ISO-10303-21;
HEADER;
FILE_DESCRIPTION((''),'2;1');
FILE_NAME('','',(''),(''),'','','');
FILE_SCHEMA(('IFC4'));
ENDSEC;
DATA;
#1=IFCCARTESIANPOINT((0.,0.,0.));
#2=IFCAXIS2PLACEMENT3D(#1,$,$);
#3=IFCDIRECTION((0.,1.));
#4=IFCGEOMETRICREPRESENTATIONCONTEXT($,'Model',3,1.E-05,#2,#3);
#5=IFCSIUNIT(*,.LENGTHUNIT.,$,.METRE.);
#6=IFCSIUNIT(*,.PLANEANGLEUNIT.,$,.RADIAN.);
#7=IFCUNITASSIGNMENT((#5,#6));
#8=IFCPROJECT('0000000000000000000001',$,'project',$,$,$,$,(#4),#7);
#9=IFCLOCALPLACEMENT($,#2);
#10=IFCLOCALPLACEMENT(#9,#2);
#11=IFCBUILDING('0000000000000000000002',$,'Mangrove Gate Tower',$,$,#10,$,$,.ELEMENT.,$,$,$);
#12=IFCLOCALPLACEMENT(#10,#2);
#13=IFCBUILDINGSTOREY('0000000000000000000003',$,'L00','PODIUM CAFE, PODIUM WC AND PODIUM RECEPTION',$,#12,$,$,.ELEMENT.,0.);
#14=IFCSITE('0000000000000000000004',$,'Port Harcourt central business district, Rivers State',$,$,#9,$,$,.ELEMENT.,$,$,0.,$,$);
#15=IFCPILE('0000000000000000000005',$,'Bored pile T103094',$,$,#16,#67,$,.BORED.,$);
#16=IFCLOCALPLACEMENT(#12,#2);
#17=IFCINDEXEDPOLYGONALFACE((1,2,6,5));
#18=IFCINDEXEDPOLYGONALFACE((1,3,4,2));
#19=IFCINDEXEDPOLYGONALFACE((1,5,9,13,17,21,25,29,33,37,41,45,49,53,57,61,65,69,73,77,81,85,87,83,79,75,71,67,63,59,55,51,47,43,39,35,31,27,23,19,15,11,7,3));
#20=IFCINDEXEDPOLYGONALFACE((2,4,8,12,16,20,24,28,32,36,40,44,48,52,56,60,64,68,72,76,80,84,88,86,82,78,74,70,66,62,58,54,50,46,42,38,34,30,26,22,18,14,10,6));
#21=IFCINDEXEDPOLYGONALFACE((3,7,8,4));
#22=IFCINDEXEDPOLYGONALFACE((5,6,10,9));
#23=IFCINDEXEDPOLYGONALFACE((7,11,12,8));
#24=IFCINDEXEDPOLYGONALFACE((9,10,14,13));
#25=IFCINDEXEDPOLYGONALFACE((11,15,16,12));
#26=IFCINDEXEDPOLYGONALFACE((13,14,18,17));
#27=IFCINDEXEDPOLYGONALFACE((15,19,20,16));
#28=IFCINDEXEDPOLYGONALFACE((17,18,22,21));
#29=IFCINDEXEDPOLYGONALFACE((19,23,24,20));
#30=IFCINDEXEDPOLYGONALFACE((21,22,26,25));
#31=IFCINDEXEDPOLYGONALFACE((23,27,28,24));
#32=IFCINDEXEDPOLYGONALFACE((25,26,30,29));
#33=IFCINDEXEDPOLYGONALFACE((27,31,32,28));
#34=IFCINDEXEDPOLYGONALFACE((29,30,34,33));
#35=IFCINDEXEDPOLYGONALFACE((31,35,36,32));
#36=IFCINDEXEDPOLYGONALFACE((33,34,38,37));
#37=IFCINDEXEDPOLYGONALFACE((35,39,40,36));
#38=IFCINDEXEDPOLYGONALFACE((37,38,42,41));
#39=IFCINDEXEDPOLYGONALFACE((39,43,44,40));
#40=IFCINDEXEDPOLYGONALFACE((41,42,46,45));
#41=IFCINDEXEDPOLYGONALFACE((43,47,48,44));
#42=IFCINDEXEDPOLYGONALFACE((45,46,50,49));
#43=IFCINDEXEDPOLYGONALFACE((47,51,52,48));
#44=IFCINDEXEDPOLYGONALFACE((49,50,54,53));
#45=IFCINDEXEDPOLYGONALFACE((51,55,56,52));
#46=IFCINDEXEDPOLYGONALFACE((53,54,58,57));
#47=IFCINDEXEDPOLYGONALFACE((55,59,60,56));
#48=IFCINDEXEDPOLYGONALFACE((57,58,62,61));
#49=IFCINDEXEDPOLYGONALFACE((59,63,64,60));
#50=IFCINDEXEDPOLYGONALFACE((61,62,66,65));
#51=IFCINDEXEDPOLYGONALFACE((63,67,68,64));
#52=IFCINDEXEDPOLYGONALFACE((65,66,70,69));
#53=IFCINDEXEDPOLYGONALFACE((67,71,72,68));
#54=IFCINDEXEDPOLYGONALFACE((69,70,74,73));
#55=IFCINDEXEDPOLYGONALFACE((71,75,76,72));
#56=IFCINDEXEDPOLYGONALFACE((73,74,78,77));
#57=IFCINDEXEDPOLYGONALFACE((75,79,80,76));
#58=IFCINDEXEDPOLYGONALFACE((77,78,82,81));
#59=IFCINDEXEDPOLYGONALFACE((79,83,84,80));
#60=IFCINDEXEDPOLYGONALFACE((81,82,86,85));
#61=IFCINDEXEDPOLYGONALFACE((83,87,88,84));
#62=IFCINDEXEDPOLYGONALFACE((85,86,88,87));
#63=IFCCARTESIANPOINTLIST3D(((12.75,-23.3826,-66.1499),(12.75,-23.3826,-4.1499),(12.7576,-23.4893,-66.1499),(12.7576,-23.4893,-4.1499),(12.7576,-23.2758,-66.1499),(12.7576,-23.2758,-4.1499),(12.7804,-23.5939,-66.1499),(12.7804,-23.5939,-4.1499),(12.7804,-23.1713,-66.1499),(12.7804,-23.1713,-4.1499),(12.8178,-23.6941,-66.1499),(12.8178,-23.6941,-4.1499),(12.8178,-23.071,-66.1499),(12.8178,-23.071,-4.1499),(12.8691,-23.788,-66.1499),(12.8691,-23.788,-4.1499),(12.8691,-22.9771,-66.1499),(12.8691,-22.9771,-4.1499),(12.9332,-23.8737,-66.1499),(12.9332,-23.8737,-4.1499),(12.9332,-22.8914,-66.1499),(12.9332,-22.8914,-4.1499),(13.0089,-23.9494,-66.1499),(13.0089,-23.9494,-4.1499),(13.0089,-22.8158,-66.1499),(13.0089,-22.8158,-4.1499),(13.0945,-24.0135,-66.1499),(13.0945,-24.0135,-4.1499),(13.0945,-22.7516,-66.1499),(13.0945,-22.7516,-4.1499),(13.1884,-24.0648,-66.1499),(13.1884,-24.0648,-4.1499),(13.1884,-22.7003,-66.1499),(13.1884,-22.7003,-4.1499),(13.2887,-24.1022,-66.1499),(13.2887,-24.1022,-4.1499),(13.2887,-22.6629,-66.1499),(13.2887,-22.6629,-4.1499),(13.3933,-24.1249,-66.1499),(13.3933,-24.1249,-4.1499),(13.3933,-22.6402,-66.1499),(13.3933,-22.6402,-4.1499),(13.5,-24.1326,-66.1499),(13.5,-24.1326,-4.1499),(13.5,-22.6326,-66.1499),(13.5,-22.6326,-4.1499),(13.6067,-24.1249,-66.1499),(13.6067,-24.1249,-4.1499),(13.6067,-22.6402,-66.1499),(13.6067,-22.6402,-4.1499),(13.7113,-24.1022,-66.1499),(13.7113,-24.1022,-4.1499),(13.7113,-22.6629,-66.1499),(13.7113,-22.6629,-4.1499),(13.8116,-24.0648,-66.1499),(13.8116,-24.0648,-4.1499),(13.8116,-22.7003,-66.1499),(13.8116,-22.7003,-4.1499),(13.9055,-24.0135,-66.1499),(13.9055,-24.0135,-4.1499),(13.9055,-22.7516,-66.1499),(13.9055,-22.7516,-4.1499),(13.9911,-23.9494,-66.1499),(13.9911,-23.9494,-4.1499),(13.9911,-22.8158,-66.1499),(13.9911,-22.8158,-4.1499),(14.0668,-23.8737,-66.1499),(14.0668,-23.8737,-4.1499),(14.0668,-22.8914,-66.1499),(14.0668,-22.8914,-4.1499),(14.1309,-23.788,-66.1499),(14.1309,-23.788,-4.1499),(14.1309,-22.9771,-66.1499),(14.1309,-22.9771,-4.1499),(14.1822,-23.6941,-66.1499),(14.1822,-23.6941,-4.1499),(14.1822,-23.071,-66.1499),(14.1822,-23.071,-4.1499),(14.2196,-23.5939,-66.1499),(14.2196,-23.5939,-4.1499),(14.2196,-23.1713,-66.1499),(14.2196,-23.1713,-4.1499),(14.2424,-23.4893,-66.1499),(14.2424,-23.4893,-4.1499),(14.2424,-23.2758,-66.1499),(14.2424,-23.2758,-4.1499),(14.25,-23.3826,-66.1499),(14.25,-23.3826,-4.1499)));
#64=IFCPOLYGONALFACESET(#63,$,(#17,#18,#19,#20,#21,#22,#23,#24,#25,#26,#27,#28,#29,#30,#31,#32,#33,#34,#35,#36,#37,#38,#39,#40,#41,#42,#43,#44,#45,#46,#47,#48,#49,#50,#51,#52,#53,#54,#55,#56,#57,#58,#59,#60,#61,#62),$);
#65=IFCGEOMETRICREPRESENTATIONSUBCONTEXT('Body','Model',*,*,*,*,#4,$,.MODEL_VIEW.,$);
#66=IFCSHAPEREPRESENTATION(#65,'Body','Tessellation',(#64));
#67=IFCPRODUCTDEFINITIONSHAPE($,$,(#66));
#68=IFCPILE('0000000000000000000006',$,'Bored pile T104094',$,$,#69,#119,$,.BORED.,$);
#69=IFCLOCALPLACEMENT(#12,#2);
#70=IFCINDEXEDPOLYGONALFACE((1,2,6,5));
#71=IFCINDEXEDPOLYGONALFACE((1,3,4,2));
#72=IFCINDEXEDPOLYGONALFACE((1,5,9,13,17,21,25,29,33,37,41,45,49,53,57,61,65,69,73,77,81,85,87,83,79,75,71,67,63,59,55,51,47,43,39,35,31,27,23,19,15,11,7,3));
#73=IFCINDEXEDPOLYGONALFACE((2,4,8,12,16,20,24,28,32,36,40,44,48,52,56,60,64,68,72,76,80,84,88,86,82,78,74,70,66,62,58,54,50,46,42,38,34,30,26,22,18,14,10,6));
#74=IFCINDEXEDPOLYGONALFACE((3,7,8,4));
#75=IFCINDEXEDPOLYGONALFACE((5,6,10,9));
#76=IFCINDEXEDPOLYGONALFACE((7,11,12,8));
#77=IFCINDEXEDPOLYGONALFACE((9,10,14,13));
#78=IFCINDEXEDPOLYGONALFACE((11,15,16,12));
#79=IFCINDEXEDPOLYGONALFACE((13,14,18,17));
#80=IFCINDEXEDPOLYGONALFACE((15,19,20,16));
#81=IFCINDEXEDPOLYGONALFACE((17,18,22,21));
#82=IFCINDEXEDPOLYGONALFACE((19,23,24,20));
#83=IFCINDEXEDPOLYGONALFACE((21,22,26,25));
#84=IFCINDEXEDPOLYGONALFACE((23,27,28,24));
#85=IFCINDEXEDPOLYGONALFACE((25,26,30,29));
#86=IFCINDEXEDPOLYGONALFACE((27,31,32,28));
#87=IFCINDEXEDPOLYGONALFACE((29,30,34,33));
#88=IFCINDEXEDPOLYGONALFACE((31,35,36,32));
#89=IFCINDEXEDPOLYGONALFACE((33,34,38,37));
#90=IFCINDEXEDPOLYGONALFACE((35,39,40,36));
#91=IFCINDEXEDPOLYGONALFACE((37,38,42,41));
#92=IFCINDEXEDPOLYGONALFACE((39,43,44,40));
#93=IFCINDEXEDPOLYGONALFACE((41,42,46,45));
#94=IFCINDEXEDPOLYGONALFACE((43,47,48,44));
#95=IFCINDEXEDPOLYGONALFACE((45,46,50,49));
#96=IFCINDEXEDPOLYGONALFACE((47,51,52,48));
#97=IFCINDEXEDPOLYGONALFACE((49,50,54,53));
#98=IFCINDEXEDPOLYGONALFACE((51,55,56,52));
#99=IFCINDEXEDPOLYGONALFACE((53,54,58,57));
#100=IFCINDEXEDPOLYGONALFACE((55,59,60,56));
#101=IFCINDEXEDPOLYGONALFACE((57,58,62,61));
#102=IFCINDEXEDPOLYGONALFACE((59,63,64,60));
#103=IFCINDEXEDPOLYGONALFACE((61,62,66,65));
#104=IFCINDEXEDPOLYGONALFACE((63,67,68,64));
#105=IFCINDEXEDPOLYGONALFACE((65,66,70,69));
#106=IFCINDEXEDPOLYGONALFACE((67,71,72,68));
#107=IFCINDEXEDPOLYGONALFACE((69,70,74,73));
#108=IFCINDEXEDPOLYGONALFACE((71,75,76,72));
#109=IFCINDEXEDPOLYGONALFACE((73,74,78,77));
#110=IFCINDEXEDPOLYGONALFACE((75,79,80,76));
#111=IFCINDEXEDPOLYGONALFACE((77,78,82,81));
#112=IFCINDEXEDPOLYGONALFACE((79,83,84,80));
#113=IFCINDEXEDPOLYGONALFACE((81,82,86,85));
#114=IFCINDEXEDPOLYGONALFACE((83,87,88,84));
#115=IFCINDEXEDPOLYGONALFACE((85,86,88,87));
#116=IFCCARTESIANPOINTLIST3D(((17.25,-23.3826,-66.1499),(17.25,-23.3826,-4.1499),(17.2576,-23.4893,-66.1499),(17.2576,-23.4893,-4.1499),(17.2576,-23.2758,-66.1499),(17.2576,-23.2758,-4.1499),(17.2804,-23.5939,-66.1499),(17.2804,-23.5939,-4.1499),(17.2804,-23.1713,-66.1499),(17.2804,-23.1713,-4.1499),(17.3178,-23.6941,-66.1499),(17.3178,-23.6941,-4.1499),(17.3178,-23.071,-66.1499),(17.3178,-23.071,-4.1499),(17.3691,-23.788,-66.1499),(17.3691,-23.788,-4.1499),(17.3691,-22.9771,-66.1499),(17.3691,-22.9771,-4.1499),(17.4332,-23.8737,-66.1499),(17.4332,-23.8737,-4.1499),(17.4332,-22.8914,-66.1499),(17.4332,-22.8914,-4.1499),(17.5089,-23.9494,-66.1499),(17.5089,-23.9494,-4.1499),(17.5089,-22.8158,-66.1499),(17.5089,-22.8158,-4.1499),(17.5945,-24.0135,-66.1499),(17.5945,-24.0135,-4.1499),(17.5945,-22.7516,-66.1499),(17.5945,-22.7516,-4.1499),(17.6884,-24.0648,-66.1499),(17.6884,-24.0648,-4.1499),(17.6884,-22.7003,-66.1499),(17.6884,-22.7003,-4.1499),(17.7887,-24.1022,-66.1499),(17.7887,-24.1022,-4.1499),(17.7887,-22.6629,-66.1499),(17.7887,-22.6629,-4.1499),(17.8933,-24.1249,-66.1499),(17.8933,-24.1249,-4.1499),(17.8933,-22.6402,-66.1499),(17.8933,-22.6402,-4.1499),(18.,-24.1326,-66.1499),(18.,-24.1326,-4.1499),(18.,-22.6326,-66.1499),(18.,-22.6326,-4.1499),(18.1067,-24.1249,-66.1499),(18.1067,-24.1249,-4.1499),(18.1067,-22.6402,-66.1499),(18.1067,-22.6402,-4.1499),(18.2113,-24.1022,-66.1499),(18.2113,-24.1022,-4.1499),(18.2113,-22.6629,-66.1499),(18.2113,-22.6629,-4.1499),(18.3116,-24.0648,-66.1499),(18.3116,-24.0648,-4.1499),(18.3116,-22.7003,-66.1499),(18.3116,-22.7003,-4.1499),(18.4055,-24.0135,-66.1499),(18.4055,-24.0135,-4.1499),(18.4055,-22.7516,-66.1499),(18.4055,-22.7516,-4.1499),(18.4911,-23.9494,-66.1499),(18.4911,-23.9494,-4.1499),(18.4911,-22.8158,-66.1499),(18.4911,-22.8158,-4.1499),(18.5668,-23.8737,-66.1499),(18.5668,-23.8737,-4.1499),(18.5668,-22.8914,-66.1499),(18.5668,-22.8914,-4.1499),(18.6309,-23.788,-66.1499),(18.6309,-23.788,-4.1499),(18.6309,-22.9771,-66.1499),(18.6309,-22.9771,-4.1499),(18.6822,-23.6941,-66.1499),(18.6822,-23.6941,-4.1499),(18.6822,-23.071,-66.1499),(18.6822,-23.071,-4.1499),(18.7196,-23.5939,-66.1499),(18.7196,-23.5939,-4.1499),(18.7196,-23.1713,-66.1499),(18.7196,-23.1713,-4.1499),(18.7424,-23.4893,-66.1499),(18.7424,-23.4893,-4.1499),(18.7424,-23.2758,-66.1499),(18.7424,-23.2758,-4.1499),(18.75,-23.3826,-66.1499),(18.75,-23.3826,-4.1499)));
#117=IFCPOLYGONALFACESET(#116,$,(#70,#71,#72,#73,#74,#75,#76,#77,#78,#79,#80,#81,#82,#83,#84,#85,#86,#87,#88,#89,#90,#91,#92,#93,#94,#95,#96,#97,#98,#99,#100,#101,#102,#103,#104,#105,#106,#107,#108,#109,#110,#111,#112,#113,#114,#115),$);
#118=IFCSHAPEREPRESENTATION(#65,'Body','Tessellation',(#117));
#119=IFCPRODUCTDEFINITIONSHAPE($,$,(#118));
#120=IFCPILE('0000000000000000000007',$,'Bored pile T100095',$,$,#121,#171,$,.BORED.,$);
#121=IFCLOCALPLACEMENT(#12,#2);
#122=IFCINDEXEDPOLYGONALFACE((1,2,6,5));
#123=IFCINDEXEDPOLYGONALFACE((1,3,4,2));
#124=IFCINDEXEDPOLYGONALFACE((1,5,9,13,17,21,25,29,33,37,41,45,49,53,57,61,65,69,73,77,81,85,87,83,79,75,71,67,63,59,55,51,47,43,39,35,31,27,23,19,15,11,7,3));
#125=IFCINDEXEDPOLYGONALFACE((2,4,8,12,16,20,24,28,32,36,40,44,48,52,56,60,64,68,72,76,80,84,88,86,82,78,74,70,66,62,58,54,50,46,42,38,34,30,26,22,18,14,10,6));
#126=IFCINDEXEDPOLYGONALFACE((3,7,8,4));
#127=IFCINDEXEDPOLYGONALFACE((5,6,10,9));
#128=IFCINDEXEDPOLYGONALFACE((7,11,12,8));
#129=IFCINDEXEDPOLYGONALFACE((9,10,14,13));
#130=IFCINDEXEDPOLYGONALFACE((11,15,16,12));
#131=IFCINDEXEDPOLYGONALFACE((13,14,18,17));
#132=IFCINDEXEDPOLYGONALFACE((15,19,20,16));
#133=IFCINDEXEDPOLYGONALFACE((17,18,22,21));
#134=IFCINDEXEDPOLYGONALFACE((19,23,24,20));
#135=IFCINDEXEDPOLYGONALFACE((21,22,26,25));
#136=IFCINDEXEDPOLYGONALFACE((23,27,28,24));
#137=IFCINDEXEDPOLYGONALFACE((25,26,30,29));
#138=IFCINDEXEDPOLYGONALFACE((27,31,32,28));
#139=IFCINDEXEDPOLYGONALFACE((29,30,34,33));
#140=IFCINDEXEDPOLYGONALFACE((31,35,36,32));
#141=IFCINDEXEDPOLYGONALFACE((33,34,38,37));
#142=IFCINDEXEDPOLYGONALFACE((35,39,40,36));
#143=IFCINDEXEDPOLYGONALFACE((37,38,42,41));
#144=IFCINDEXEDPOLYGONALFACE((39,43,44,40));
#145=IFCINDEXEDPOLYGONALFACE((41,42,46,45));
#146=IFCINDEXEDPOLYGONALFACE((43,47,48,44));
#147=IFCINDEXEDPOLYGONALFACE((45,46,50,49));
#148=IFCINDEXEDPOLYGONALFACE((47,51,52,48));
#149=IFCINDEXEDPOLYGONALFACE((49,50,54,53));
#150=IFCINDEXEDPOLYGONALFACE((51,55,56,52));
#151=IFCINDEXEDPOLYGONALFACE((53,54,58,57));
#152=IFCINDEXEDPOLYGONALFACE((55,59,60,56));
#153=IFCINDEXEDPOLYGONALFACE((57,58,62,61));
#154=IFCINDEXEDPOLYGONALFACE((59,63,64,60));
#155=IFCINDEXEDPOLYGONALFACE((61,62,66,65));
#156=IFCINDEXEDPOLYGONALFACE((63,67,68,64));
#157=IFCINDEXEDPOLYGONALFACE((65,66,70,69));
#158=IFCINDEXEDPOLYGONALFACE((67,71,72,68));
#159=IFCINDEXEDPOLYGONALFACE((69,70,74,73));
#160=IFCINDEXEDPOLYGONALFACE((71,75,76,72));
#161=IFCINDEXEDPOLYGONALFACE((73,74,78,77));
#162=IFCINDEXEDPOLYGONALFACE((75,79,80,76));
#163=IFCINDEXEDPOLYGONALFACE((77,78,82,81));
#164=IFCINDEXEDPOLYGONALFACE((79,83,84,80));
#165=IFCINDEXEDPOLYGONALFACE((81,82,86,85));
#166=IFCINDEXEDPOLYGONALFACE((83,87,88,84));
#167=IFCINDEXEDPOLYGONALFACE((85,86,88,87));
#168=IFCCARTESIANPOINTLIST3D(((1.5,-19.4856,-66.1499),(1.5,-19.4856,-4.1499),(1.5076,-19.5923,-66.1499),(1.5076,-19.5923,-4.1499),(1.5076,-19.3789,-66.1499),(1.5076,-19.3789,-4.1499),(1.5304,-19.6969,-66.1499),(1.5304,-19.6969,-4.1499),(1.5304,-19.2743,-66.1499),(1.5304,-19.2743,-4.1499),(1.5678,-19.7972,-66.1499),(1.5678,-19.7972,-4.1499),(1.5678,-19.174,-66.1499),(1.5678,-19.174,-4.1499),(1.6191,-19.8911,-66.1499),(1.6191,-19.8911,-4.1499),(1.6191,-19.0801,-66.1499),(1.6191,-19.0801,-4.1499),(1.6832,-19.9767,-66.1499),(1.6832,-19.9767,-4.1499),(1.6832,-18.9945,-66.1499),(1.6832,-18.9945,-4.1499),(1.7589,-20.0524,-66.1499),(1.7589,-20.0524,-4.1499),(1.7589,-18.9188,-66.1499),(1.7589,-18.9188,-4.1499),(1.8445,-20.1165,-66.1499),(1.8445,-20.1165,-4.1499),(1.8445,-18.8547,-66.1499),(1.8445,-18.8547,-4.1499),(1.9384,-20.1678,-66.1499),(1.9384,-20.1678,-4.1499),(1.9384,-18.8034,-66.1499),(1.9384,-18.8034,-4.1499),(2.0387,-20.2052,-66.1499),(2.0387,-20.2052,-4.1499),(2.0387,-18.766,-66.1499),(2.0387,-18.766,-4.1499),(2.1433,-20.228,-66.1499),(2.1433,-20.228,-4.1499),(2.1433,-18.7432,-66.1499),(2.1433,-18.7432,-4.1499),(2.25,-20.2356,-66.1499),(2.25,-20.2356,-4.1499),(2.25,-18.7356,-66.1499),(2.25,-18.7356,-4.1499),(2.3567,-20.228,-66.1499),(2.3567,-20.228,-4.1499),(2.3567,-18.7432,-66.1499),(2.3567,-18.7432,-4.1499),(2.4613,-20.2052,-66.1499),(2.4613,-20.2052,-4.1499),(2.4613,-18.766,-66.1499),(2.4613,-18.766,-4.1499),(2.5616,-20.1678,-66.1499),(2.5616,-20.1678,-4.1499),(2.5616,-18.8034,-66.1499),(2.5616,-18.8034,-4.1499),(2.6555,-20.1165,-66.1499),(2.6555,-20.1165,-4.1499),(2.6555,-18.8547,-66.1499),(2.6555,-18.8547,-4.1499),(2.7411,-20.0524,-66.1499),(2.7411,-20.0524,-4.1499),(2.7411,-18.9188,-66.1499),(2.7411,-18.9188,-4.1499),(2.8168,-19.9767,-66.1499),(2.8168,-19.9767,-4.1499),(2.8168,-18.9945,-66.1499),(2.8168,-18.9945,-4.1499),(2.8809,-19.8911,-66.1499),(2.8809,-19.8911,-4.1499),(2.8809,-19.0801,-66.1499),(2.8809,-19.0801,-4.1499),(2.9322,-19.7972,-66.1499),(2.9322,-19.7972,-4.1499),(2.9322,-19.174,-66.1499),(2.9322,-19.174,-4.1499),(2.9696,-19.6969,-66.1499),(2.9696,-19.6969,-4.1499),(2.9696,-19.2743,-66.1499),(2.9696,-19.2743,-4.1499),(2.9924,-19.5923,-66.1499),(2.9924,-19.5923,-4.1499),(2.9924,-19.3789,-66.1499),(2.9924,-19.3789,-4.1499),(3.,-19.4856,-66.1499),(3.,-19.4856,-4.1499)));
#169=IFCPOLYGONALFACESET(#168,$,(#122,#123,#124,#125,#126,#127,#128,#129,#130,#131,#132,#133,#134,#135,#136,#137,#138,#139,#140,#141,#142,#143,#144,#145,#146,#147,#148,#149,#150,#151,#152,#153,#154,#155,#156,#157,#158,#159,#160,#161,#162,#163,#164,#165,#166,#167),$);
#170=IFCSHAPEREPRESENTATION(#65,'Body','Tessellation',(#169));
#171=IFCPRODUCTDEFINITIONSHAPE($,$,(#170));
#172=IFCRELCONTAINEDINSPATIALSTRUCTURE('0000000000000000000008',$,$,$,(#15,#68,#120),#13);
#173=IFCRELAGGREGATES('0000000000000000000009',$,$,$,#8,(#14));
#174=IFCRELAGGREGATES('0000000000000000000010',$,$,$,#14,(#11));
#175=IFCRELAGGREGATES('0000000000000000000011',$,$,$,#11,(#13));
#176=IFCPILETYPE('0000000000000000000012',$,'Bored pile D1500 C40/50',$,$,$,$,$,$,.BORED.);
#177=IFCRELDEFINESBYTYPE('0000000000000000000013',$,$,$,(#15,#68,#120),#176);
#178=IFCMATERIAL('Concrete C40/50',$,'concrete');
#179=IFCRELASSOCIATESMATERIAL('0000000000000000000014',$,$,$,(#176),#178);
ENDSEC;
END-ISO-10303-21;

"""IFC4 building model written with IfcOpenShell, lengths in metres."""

from ifc_helpers import new_model, si_unit, direction, frame, origin, origin_2d, place, context, subcontext, project, spatial, circle, extrude, material, material_profile, profile_set, type_object, element, save


model = new_model("IFC4")

# Units and contexts
model_context = context("Model", 3, precision=1e-05, world=origin(), true_north=direction((0.0, 1.0)))
body_context = subcontext(model_context, "Body", "Model", "MODEL_VIEW")
ifc_project = project(units=[si_unit("LENGTHUNIT", "METRE"), si_unit("PLANEANGLEUNIT", "RADIAN")], contexts=[model_context])

# Site, building, storey
site_placement = place(None, origin())
site = spatial("IfcSite", under=ifc_project, at=site_placement, Name="Port Harcourt central business district, Rivers State", CompositionType="ELEMENT", RefElevation=0.0)
building_placement = place(site_placement, origin())
building = spatial("IfcBuilding", under=site, at=building_placement, Name="Mangrove Gate Tower", CompositionType="ELEMENT")
storey_placement = place(building_placement, origin())
storey = spatial("IfcBuildingStorey", under=building, at=storey_placement, Name="L00", Description="PODIUM CAFE, PODIUM WC AND PODIUM RECEPTION", CompositionType="ELEMENT", Elevation=0.0)

# Piles
ifc_material_1 = material(Name="Concrete C40/50", Category="concrete")
ifc_material_profile_1 = material_profile(ifc_material_1, circle(Radius=0.75, at=origin_2d()))
ifc_profile_set_1 = profile_set([ifc_material_profile_1], Name="Concrete C40/50")
pile_type = type_object("IfcPileType", Name="Bored pile D1500 C40/50", PredefinedType="BORED", material=ifc_profile_set_1)
for number, where, z_axis, x_axis, name in (
    (1, (13.5, -23.3826, -4.1499), (0.0, 0.0, -1.0), (1.0, 0.0, 0.0), "Bored pile T103094"),
    (2, (18.0, -23.3826, -4.1499), (0.0, 0.0, -1.0), (1.0, 0.0, 0.0), "Bored pile T104094"),
    (3, (2.25, -19.4856, -4.1499), (0.0, 0.0, -1.0), (1.0, 0.0, 0.0), "Bored pile T100095"),
):
    element("IfcPile", number, at=place(storey_placement, frame(where, z_axis=z_axis, x_axis=x_axis)), inside=storey, type_object=pile_type, Name=name, PredefinedType="BORED", context=body_context, shape_type="SweptSolid", body=[
        extrude(circle(Radius=0.75, at=origin_2d()), origin(), (0.0, 0.0, 1.0), 62.0),
    ])

save(model, "model.ifc")
